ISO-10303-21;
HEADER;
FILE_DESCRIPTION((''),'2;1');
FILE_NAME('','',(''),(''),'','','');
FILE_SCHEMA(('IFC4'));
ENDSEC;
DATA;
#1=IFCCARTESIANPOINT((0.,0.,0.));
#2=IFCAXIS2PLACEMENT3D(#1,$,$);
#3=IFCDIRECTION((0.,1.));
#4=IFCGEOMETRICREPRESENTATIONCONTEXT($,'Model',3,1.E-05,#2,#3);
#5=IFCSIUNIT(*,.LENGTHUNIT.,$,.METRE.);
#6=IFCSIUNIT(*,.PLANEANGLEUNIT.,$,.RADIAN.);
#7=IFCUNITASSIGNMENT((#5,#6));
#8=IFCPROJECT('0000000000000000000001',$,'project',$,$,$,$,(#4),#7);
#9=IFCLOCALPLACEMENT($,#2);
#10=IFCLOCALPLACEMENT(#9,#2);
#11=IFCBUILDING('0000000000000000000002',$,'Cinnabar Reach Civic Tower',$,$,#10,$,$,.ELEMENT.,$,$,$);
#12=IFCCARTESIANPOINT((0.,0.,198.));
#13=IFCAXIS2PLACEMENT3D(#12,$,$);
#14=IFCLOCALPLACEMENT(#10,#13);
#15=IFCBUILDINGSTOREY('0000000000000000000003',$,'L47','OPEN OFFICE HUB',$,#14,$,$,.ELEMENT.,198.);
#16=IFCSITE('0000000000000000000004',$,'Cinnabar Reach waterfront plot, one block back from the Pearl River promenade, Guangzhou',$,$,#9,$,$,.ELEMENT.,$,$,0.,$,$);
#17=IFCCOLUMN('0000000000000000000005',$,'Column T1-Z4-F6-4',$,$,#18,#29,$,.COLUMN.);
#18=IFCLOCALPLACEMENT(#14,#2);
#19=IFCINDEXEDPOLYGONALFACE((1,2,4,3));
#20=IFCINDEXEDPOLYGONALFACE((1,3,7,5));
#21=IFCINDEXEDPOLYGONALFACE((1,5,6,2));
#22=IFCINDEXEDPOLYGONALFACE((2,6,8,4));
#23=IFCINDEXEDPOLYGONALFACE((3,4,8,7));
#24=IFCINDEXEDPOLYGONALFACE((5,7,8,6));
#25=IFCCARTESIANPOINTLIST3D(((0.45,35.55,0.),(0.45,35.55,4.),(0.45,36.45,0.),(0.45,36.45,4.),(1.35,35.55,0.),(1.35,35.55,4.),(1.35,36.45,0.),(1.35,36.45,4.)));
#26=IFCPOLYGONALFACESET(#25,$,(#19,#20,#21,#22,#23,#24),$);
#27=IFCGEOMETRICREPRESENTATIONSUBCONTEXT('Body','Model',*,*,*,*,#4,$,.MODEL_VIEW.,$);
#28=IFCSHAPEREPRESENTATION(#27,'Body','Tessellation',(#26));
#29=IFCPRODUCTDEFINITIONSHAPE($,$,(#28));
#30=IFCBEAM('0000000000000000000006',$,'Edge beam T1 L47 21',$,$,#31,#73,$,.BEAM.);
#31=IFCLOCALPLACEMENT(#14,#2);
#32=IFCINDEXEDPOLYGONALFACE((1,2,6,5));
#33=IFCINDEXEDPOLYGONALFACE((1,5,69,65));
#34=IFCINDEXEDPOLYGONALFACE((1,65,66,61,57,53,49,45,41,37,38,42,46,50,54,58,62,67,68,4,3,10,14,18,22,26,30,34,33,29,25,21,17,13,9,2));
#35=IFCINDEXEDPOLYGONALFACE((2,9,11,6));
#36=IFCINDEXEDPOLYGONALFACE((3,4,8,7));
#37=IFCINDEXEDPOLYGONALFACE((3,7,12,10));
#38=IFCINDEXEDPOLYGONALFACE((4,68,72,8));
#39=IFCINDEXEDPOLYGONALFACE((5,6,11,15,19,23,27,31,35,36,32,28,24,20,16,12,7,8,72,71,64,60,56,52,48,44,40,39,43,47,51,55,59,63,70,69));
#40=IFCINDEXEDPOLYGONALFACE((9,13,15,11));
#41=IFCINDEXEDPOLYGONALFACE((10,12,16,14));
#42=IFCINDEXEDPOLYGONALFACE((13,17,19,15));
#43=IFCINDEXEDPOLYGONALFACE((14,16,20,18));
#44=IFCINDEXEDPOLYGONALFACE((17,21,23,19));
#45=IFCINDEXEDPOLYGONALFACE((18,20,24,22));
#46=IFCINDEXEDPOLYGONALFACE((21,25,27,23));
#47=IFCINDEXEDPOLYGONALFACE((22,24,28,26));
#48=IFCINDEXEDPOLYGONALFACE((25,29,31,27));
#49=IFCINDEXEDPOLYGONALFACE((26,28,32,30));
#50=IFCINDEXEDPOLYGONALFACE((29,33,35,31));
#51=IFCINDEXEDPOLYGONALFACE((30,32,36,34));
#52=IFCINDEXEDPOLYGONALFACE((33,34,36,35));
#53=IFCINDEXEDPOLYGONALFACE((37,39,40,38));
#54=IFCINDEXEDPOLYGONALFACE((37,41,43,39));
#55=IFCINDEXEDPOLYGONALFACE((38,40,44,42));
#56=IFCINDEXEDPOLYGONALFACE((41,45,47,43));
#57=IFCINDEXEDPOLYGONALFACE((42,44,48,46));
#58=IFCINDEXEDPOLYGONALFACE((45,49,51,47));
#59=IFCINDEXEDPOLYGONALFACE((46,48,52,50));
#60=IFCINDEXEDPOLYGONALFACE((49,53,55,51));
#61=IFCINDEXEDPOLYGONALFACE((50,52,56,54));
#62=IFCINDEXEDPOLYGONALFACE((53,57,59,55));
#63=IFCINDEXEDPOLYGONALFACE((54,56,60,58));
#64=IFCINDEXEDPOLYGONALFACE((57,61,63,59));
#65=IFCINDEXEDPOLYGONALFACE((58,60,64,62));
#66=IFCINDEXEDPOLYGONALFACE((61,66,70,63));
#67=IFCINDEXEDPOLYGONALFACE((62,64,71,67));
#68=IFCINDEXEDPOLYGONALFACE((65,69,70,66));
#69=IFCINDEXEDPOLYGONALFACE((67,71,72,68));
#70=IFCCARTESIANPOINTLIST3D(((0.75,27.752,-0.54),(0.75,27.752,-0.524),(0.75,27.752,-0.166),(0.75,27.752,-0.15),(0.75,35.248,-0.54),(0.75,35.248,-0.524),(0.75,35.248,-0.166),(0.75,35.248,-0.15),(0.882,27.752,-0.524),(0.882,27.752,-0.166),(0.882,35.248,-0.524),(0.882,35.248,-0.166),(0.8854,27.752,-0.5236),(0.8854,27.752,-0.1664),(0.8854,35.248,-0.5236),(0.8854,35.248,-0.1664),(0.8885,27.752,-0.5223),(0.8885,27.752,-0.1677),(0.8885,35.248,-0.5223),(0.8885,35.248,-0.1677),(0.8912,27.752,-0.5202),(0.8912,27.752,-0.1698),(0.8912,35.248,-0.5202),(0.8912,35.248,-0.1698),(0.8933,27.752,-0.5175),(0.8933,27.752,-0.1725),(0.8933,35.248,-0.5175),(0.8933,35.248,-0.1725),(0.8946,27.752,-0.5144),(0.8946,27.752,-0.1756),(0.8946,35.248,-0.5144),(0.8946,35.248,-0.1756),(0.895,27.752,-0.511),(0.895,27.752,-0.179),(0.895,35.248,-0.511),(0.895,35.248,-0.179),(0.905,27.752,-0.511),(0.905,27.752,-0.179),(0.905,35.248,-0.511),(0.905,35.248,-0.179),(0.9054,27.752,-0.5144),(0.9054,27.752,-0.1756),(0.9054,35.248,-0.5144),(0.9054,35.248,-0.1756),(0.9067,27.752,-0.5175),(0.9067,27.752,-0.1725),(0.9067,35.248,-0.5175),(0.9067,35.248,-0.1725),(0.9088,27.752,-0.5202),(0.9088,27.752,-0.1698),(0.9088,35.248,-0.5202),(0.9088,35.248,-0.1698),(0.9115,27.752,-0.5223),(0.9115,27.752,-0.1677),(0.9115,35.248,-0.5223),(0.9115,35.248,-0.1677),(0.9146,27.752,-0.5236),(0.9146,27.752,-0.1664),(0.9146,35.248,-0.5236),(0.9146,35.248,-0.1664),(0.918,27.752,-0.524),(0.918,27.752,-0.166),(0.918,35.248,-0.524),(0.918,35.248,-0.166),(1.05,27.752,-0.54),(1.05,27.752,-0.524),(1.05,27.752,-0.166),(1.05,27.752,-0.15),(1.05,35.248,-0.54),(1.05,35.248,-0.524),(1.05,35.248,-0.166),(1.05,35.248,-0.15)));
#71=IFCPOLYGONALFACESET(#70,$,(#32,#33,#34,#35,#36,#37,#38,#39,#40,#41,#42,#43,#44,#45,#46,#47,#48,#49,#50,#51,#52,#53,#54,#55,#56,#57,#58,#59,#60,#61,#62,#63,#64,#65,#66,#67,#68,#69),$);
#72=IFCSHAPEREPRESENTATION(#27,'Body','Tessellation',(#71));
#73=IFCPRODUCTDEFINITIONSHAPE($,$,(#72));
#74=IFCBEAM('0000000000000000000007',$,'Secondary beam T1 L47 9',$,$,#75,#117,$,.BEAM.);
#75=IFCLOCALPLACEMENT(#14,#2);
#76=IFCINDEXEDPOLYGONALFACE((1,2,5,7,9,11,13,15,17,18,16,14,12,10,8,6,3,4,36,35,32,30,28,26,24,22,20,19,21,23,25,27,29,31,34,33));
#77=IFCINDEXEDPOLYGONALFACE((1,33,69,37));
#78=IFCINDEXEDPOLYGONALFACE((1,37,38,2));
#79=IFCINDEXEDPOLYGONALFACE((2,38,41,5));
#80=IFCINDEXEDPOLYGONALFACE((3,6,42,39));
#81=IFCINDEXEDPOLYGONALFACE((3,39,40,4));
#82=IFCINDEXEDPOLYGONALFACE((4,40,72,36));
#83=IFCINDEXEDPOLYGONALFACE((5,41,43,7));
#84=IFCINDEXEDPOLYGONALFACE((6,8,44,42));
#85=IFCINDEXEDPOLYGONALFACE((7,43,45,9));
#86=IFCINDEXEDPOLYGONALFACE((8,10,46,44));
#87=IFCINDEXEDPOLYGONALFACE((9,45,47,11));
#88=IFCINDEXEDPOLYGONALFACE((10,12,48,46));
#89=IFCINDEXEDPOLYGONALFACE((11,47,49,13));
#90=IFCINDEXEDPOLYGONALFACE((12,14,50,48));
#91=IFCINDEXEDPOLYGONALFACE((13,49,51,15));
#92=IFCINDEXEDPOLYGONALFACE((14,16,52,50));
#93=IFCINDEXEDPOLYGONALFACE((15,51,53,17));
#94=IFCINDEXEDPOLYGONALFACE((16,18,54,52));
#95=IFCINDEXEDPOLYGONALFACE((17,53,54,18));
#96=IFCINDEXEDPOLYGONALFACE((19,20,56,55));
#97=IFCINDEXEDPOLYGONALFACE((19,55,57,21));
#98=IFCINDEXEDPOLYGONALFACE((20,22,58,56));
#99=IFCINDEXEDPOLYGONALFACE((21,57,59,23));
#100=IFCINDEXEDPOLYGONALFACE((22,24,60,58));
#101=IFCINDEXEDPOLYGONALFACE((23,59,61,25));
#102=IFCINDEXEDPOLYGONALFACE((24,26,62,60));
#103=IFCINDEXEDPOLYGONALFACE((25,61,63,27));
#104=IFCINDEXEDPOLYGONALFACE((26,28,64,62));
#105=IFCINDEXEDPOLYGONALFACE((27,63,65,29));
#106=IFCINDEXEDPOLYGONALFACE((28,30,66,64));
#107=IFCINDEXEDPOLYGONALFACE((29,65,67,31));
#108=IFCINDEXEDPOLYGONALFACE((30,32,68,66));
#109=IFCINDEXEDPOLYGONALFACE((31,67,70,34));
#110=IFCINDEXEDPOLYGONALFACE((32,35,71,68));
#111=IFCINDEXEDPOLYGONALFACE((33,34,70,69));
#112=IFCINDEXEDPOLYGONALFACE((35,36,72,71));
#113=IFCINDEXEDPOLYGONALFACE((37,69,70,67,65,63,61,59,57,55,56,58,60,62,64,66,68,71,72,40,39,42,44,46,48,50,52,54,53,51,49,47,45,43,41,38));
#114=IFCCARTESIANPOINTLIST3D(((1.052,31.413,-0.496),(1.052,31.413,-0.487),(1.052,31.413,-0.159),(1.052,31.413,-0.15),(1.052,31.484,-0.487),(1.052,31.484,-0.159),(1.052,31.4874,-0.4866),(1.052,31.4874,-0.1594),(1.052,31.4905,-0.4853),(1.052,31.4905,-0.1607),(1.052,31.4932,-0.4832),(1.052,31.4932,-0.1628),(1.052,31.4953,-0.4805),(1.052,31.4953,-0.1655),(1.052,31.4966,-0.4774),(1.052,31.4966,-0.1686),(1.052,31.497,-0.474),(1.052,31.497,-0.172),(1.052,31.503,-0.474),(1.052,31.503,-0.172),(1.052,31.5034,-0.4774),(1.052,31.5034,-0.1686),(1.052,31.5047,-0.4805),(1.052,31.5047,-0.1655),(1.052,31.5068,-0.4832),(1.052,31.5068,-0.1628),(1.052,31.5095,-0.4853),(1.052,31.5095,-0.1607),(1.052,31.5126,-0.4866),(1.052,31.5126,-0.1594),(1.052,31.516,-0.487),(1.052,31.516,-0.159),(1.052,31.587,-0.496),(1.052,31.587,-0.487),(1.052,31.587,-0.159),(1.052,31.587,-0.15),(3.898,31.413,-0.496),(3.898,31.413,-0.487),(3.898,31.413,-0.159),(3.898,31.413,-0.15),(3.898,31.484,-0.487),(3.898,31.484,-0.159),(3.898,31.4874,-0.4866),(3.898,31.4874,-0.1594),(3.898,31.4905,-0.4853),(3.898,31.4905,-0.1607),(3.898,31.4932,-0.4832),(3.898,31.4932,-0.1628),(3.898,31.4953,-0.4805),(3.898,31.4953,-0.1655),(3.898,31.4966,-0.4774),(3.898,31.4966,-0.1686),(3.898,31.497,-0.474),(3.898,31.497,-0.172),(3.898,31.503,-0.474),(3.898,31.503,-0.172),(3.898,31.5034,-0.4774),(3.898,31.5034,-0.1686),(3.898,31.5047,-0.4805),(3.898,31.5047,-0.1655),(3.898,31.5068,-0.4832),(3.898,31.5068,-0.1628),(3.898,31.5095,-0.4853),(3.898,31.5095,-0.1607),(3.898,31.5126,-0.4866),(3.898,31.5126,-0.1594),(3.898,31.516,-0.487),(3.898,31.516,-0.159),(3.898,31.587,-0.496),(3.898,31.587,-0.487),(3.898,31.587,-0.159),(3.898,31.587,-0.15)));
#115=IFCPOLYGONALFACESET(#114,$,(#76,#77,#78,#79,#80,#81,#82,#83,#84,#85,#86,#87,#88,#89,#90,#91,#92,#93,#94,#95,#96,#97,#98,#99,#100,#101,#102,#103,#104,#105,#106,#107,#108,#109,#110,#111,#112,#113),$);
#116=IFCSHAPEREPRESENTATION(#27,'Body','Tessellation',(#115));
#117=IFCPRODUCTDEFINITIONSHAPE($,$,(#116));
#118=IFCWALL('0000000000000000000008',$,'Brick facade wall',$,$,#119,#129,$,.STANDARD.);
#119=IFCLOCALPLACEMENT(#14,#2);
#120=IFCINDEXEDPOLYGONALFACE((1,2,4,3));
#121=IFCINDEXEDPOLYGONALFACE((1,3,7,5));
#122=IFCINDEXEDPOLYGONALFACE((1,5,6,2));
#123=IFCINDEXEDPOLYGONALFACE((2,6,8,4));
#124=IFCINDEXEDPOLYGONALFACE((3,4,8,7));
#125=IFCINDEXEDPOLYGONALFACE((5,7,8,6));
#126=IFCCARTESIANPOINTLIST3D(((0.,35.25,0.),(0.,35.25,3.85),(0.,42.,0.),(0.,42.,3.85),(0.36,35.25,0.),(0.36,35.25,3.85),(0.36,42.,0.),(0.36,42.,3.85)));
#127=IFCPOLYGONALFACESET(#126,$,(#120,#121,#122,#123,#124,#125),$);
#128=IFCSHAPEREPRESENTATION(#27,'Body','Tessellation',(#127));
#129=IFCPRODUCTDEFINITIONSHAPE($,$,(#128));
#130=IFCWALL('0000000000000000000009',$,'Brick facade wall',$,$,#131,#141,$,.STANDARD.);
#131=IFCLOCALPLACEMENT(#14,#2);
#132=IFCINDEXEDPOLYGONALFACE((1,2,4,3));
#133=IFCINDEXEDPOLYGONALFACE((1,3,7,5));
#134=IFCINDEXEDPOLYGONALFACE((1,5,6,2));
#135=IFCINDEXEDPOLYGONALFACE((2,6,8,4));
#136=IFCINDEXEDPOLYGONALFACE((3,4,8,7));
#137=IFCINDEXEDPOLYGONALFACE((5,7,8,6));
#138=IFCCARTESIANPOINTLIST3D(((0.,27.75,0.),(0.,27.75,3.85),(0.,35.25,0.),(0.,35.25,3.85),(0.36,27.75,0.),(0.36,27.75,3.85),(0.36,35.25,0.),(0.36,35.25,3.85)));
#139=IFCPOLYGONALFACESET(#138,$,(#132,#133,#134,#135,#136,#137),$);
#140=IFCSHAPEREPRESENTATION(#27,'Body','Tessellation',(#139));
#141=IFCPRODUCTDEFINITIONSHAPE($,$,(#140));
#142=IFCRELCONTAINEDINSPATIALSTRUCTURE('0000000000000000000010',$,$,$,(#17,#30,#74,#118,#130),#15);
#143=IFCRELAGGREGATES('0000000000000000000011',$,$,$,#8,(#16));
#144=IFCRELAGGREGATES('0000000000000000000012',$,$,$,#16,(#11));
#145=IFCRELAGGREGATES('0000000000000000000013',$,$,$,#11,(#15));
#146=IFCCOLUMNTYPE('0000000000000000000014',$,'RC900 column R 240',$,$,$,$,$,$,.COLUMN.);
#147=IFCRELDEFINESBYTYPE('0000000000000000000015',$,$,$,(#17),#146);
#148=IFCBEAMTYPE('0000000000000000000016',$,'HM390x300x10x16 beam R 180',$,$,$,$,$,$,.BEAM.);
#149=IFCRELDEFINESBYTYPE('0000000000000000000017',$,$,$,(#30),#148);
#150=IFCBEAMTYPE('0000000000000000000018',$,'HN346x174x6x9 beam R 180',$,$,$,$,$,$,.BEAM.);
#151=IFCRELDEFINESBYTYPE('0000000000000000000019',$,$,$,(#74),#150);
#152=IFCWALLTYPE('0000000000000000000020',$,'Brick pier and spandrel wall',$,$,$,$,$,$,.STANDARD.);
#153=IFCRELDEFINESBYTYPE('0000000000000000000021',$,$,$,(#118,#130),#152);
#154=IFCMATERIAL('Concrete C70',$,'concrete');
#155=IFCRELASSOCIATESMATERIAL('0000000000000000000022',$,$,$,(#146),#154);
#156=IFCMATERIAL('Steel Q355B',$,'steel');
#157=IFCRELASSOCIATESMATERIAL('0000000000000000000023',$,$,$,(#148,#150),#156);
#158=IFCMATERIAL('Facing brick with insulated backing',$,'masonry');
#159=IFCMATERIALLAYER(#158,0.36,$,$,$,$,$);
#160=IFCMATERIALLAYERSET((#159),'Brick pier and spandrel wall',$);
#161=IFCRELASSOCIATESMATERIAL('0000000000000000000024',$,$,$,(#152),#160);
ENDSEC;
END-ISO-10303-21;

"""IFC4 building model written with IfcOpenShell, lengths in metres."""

from ifc_helpers import new_model, si_unit, direction, frame, frame_2d, origin, origin_2d, place, context, subcontext, project, spatial, rectangle, i_section, extrude, material, layer, layer_set, material_profile, profile_set, type_object, element, save


model = new_model("IFC4")

# Units and contexts
model_context = context("Model", 3, precision=1e-05, world=origin(), true_north=direction((0.0, 1.0)))
body_context = subcontext(model_context, "Body", "Model", "MODEL_VIEW")
ifc_project = project(units=[si_unit("LENGTHUNIT", "METRE"), si_unit("PLANEANGLEUNIT", "RADIAN")], contexts=[model_context])

# Site, building, storey
site_placement = place(None, origin())
site = spatial("IfcSite", under=ifc_project, at=site_placement, Name="Cinnabar Reach waterfront plot, one block back from the Pearl River promenade, Guangzhou", CompositionType="ELEMENT", RefElevation=0.0)
building_placement = place(site_placement, origin())
building = spatial("IfcBuilding", under=site, at=building_placement, Name="Cinnabar Reach Civic Tower", CompositionType="ELEMENT")
storey_placement = place(building_placement, frame((0.0, 0.0, 198.0)))
storey = spatial("IfcBuildingStorey", under=building, at=storey_placement, Name="L47", Description="OPEN OFFICE HUB", CompositionType="ELEMENT", Elevation=198.0)

# Column
ifc_material_1 = material(Name="Concrete C70", Category="concrete")
ifc_material_profile_1 = material_profile(ifc_material_1, rectangle(XDim=0.9, YDim=0.9, at=origin_2d()), Name="RC900")
ifc_profile_set_1 = profile_set([ifc_material_profile_1], Name="Concrete C70")
column_type = type_object("IfcColumnType", Name="RC900 column R 240", PredefinedType="COLUMN", material=ifc_profile_set_1)
column_placement = place(storey_placement, frame((0.9, 36.0, 0.0), z_axis=(0.0, 0.0, 1.0), x_axis=(1.0, 0.0, 0.0)))
element("IfcColumn", 1, at=column_placement, inside=storey, type_object=column_type, Name="Column T1-Z4-F6-4", PredefinedType="COLUMN", context=body_context, shape_type="SweptSolid", body=[
    extrude(rectangle(XDim=0.9, YDim=0.9, at=origin_2d()), origin(), (0.0, 0.0, 1.0), 4.0),
])

# Beams
ifc_material_2 = material(Name="Steel Q355B", Category="steel")
ifc_material_profile_2 = material_profile(ifc_material_2, i_section(OverallWidth=0.3, OverallDepth=0.39, WebThickness=0.01, FlangeThickness=0.016, FilletRadius=0.013, at=origin_2d()), Name="HM390x300x10x16")
ifc_profile_set_2 = profile_set([ifc_material_profile_2], Name="Steel Q355B")
beam_type_1 = type_object("IfcBeamType", Name="HM390x300x10x16 beam R 180", PredefinedType="BEAM", material=ifc_profile_set_2)
beam_1_placement = place(storey_placement, frame((0.9, 35.248, -0.345), z_axis=(0.0, -1.0, 0.0), x_axis=(1.0, 0.0, 0.0)))
element("IfcBeam", 2, at=beam_1_placement, inside=storey, type_object=beam_type_1, Name="Edge beam T1 L47 21", PredefinedType="BEAM", context=body_context, shape_type="SweptSolid", body=[
    extrude(i_section(OverallWidth=0.3, OverallDepth=0.39, WebThickness=0.01, FlangeThickness=0.016, FilletRadius=0.013, at=origin_2d()), origin(), (0.0, 0.0, 1.0), 7.496),
])
ifc_material_profile_3 = material_profile(ifc_material_2, i_section(OverallWidth=0.174, OverallDepth=0.346, WebThickness=0.006, FlangeThickness=0.009, FilletRadius=0.013, at=origin_2d()), Name="HN346x174x6x9")
ifc_profile_set_3 = profile_set([ifc_material_profile_3], Name="Steel Q355B")
beam_type_2 = type_object("IfcBeamType", Name="HN346x174x6x9 beam R 180", PredefinedType="BEAM", material=ifc_profile_set_3)
beam_2_placement = place(storey_placement, frame((1.052, 31.5, -0.323), z_axis=(1.0, 0.0, 0.0), x_axis=(0.0, 1.0, 0.0)))
element("IfcBeam", 3, at=beam_2_placement, inside=storey, type_object=beam_type_2, Name="Secondary beam T1 L47 9", PredefinedType="BEAM", context=body_context, shape_type="SweptSolid", body=[
    extrude(i_section(OverallWidth=0.174, OverallDepth=0.346, WebThickness=0.006, FlangeThickness=0.009, FilletRadius=0.013, at=origin_2d()), origin(), (0.0, 0.0, 1.0), 2.846),
])

# Walls
ifc_material_3 = material(Name="Facing brick with insulated backing", Category="masonry")
ifc_layer_1 = layer(ifc_material_3, 0.36)
ifc_layer_set_1 = layer_set([ifc_layer_1], Name="Brick pier and spandrel wall")
wall_type_1 = type_object("IfcWallType", Name="Brick pier and spandrel wall", PredefinedType="STANDARD", material=ifc_layer_set_1)
wall_1_placement = place(storey_placement, frame((0.18, 42.0, 0.0), z_axis=(0.0, 0.0, 1.0), x_axis=(0.0, -1.0, 0.0)))
element("IfcWall", 4, at=wall_1_placement, inside=storey, type_object=wall_type_1, Name="Brick facade wall", PredefinedType="STANDARD", context=body_context, shape_type="SweptSolid", body=[
    extrude(rectangle(XDim=6.75, YDim=0.36, at=frame_2d((3.375, 0.0))), origin(), (0.0, 0.0, 1.0), 3.85),
])
wall_2_placement = place(storey_placement, frame((0.18, 35.25, 0.0), z_axis=(0.0, 0.0, 1.0), x_axis=(0.0, -1.0, 0.0)))
element("IfcWall", 5, at=wall_2_placement, inside=storey, type_object=wall_type_1, Name="Brick facade wall", PredefinedType="STANDARD", context=body_context, shape_type="SweptSolid", body=[
    extrude(rectangle(XDim=7.5, YDim=0.36, at=frame_2d((3.75, 0.0))), origin(), (0.0, 0.0, 1.0), 3.85),
])

save(model, "model.ifc")
